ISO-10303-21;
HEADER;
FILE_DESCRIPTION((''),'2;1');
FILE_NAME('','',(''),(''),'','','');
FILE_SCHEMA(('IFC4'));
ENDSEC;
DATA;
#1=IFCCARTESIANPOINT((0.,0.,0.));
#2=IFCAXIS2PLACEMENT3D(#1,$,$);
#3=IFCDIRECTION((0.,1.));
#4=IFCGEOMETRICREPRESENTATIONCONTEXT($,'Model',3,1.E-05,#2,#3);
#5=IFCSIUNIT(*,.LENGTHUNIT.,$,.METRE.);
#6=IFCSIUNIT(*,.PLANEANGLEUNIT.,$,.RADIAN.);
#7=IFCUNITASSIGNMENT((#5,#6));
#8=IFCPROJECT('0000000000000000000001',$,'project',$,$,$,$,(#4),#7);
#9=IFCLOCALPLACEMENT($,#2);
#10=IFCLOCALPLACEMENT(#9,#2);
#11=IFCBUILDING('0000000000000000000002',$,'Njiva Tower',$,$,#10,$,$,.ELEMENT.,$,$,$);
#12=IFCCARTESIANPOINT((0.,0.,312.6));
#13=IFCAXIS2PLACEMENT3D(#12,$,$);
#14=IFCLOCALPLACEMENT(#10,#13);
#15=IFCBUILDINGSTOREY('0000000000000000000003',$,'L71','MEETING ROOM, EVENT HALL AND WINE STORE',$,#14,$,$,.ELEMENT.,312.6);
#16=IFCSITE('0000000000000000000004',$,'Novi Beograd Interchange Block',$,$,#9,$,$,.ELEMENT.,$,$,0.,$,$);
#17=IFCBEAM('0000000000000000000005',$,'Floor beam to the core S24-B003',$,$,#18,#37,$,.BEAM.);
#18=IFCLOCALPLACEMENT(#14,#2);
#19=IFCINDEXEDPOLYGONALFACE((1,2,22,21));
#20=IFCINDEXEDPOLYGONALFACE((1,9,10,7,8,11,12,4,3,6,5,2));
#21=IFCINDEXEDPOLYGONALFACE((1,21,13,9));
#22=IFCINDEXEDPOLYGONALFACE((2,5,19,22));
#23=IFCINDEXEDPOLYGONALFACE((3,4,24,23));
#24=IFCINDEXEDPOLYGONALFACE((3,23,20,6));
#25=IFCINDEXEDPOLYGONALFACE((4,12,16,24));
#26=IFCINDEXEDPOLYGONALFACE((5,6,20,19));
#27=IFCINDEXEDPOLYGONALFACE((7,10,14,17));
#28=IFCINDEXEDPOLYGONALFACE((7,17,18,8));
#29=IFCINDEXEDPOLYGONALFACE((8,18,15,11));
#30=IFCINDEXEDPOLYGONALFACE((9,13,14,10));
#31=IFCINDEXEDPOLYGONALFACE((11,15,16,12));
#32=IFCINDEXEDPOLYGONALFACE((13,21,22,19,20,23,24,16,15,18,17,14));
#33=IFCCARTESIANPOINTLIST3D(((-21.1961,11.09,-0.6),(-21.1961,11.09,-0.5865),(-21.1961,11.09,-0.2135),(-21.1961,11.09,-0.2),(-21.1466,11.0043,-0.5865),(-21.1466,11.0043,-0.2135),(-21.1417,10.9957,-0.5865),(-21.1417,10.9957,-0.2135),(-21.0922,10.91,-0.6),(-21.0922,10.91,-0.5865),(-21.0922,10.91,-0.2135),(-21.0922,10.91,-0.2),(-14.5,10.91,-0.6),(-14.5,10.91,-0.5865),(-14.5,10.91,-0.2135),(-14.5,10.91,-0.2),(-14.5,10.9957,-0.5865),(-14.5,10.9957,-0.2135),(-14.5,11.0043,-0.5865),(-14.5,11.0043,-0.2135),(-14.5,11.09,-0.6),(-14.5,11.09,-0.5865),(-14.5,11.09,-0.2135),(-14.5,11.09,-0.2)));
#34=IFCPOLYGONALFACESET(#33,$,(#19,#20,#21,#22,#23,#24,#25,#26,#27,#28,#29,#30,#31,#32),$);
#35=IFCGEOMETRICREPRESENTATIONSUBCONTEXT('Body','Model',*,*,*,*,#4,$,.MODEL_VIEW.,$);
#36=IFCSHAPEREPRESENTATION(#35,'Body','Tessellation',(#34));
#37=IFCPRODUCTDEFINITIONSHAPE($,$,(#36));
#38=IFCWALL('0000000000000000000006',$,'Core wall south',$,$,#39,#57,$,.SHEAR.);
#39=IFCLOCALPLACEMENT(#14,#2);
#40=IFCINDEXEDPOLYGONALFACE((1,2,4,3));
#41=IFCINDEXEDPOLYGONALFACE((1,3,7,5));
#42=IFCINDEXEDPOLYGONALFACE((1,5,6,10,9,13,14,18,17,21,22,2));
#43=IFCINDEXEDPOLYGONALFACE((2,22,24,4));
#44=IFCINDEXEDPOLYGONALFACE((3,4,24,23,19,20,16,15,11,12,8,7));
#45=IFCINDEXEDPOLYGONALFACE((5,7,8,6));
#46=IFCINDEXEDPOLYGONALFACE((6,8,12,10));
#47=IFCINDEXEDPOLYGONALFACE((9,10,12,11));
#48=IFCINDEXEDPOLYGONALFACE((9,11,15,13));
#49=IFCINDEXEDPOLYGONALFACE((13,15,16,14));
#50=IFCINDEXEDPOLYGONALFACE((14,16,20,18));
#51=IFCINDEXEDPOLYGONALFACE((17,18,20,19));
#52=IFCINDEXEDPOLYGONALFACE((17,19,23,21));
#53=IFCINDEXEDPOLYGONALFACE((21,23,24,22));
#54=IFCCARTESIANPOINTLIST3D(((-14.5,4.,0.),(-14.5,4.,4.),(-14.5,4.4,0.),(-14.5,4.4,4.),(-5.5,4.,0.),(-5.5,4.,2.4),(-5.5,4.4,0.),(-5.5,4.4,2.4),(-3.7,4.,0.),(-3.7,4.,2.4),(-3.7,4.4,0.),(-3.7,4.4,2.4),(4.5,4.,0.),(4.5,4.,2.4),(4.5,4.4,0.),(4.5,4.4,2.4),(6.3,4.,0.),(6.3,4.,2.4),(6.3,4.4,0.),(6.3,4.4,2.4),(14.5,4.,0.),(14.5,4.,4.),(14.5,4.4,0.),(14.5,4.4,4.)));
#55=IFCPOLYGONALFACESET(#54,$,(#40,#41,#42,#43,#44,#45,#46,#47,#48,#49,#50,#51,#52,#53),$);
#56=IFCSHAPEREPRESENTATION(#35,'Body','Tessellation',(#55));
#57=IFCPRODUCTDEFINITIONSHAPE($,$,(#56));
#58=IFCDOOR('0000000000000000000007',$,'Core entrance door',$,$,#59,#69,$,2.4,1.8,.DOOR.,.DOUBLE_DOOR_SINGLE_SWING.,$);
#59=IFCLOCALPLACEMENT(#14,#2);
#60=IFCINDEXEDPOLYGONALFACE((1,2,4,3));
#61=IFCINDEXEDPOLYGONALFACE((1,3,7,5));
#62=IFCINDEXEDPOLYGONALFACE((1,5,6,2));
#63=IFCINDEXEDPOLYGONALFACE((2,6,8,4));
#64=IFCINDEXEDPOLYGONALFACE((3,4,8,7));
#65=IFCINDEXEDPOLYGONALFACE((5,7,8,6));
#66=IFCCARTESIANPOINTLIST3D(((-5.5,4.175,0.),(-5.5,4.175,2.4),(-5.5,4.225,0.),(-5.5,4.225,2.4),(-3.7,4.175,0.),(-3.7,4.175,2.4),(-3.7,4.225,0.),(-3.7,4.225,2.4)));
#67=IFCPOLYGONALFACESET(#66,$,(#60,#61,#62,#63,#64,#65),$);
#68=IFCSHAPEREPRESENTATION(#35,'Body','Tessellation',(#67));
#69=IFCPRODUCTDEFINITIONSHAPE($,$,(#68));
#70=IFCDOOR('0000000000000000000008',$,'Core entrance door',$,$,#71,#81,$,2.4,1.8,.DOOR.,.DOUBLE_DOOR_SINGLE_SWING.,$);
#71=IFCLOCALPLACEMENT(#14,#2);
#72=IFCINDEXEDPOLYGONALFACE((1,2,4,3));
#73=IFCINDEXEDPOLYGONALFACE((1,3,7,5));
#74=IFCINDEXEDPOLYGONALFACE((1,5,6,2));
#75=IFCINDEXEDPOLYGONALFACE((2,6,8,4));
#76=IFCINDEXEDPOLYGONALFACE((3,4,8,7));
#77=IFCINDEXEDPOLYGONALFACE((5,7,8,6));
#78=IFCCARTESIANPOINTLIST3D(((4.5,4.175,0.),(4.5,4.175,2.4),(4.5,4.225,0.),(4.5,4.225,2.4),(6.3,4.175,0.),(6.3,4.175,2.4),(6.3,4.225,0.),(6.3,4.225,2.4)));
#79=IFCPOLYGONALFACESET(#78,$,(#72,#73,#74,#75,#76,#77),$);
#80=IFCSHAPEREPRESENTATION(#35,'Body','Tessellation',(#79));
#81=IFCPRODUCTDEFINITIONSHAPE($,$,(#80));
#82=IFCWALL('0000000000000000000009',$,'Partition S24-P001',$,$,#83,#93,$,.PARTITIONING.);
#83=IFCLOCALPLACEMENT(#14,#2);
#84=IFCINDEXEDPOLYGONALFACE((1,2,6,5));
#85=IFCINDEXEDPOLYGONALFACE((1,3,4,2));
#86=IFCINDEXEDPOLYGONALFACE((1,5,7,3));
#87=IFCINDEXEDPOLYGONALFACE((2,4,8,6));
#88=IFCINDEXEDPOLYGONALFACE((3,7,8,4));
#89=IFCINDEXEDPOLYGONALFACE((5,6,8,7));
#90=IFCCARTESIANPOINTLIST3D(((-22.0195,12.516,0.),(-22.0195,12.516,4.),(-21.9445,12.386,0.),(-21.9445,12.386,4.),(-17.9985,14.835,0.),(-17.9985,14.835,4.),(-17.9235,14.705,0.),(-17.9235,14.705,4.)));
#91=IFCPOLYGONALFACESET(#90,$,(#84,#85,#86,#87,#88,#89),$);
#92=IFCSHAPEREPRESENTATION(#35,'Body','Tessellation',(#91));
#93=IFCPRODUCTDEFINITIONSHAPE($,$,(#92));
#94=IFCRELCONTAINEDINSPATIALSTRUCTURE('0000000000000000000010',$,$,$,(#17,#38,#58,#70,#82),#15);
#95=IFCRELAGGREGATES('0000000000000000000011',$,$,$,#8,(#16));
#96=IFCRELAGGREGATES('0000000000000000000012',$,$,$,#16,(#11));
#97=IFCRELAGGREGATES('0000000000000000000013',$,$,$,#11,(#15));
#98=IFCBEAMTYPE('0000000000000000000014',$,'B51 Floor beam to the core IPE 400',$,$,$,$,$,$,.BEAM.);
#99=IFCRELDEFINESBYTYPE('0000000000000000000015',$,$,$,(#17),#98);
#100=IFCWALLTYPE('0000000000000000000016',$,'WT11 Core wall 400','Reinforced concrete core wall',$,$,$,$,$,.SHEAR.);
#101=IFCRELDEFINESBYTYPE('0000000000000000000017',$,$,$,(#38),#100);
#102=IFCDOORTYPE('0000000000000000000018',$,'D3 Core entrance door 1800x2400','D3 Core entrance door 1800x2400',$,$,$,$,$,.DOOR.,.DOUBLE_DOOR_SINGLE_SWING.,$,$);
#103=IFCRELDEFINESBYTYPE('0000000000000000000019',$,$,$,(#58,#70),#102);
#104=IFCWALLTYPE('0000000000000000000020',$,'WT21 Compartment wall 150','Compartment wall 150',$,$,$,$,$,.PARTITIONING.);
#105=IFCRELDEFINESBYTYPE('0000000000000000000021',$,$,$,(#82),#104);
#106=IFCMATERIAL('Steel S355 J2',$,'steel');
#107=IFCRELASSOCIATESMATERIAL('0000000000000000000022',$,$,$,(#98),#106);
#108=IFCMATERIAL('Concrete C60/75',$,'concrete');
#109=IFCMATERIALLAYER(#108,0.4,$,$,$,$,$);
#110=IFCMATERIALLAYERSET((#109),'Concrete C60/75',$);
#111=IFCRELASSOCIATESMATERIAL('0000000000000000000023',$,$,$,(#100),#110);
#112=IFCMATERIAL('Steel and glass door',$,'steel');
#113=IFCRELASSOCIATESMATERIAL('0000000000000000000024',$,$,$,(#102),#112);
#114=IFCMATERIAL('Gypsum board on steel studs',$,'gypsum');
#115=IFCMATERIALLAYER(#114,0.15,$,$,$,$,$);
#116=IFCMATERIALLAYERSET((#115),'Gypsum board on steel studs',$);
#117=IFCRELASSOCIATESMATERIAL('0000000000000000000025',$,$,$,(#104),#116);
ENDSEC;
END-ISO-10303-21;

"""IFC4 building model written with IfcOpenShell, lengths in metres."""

from ifc_helpers import new_model, si_unit, direction, frame, frame_2d, origin, origin_2d, place, context, subcontext, project, spatial, rectangle, i_section, extrude, clip, halfspace, material, layer, layer_set, material_profile, profile_set, type_object, element, fill, save


model = new_model("IFC4")

# Units and contexts
model_context = context("Model", 3, precision=1e-05, world=origin(), true_north=direction((0.0, 1.0)))
body_context = subcontext(model_context, "Body", "Model", "MODEL_VIEW")
ifc_project = project(units=[si_unit("LENGTHUNIT", "METRE"), si_unit("PLANEANGLEUNIT", "RADIAN")], contexts=[model_context])

# Site, building, storey
site_placement = place(None, origin())
site = spatial("IfcSite", under=ifc_project, at=site_placement, Name="Novi Beograd Interchange Block", CompositionType="ELEMENT", RefElevation=0.0)
building_placement = place(site_placement, origin())
building = spatial("IfcBuilding", under=site, at=building_placement, Name="Njiva Tower", CompositionType="ELEMENT")
storey_placement = place(building_placement, frame((0.0, 0.0, 312.6)))
storey = spatial("IfcBuildingStorey", under=building, at=storey_placement, Name="L71", Description="MEETING ROOM, EVENT HALL AND WINE STORE", CompositionType="ELEMENT", Elevation=312.6)

# Shared definitions
ifc_material_1 = material(Name="Steel S355 J2", Category="steel")

# Beam
ifc_material_profile_1 = material_profile(ifc_material_1, i_section(OverallWidth=0.18, OverallDepth=0.4, WebThickness=0.0086, FlangeThickness=0.0135, at=origin_2d()), Name="IPE 400")
ifc_profile_set_1 = profile_set([ifc_material_profile_1], Name="Steel S355 J2")
beam_type_1 = type_object("IfcBeamType", Name="B51 Floor beam to the core IPE 400", PredefinedType="BEAM", material=ifc_profile_set_1)
beam_1_placement = place(storey_placement, frame((-21.216, 11.0, -0.4), z_axis=(1.0, 0.0, 0.0), x_axis=(0.0, 1.0, 0.0)))
element("IfcBeam", 1, at=beam_1_placement, inside=storey, type_object=beam_type_1, Name="Floor beam to the core S24-B003", PredefinedType="BEAM", context=body_context, shape_type="Clipping", body=[
    clip(extrude(i_section(OverallWidth=0.18, OverallDepth=0.4, WebThickness=0.0086, FlangeThickness=0.0135, at=origin_2d()), origin(), (0.0, 0.0, 1.0), 6.716), halfspace(frame((-0.025, 0.0, 0.0863), z_axis=(-0.499998, 0.0, -0.866027), x_axis=(0.0, -1.0, 0.0)), False)),
])

# Wall, openings, doors
ifc_material_2 = material(Name="Concrete C60/75", Category="concrete")
ifc_layer_1 = layer(ifc_material_2, 0.4)
ifc_layer_set_1 = layer_set([ifc_layer_1], Name="Concrete C60/75")
wall_type_1 = type_object("IfcWallType", Name="WT11 Core wall 400", Description="Reinforced concrete core wall", PredefinedType="SHEAR", material=ifc_layer_set_1)
wall_1_placement = place(storey_placement, frame((-14.5, 4.2, 0.0), z_axis=(0.0, 0.0, 1.0), x_axis=(1.0, 0.0, 0.0)))
wall_1 = element("IfcWall", 2, at=wall_1_placement, inside=storey, type_object=wall_type_1, Name="Core wall south", PredefinedType="SHEAR", context=body_context, shape_type="SweptSolid", body=[
    extrude(rectangle(XDim=29.0, YDim=0.4, at=frame_2d((14.5, 0.0))), origin(), (0.0, 0.0, 1.0), 4.0),
])
opening_1_placement = place(wall_1_placement, frame((9.0, 0.0, 0.0)))
opening_1 = element("IfcOpeningElement", 3, at=opening_1_placement, cuts=wall_1, PredefinedType="OPENING", context=body_context, shape_type="SweptSolid", body=[
    extrude(rectangle(XDim=1.8, YDim=2.4, at=frame_2d((0.9, 1.2))), frame((0.0, 0.21, 0.0), z_axis=(0.0, -1.0, 0.0), x_axis=(1.0, 0.0, 0.0)), (0.0, 0.0, 1.0), 0.42),
])
opening_2_placement = place(wall_1_placement, frame((19.0, 0.0, 0.0)))
opening_2 = element("IfcOpeningElement", 4, at=opening_2_placement, cuts=wall_1, PredefinedType="OPENING", context=body_context, shape_type="SweptSolid", body=[
    extrude(rectangle(XDim=1.8, YDim=2.4, at=frame_2d((0.9, 1.2))), frame((0.0, 0.21, 0.0), z_axis=(0.0, -1.0, 0.0), x_axis=(1.0, 0.0, 0.0)), (0.0, 0.0, 1.0), 0.42),
])
ifc_material_3 = material(Name="Steel and glass door", Category="steel")
door_type = type_object("IfcDoorType", Name="D3 Core entrance door 1800x2400", Description="D3 Core entrance door 1800x2400", OperationType="DOUBLE_DOOR_SINGLE_SWING", PredefinedType="DOOR", material=ifc_material_3)
door_1_placement = place(opening_1_placement, origin())
door_1 = element("IfcDoor", 5, at=door_1_placement, inside=storey, type_object=door_type, Name="Core entrance door", OperationType="DOUBLE_DOOR_SINGLE_SWING", OverallHeight=2.4, OverallWidth=1.8, PredefinedType="DOOR", context=body_context, shape_type="SweptSolid", body=[
    extrude(rectangle(XDim=1.8, YDim=2.4, at=frame_2d((0.9, 1.2))), frame((0.0, 0.025, 0.0), z_axis=(0.0, -1.0, 0.0), x_axis=(1.0, 0.0, 0.0)), (0.0, 0.0, 1.0), 0.05),
])
fill(opening_1, door_1)
door_2_placement = place(opening_2_placement, origin())
door_2 = element("IfcDoor", 6, at=door_2_placement, inside=storey, type_object=door_type, Name="Core entrance door", OperationType="DOUBLE_DOOR_SINGLE_SWING", OverallHeight=2.4, OverallWidth=1.8, PredefinedType="DOOR", context=body_context, shape_type="SweptSolid", body=[
    extrude(rectangle(XDim=1.8, YDim=2.4, at=frame_2d((0.9, 1.2))), frame((0.0, 0.025, 0.0), z_axis=(0.0, -1.0, 0.0), x_axis=(1.0, 0.0, 0.0)), (0.0, 0.0, 1.0), 0.05),
])
fill(opening_2, door_2)

# Wall
ifc_material_4 = material(Name="Gypsum board on steel studs", Category="gypsum")
ifc_layer_2 = layer(ifc_material_4, 0.15)
ifc_layer_set_2 = layer_set([ifc_layer_2], Name="Gypsum board on steel studs")
wall_type_2 = type_object("IfcWallType", Name="WT21 Compartment wall 150", Description="Compartment wall 150", PredefinedType="PARTITIONING", material=ifc_layer_set_2)
wall_2_placement = place(storey_placement, frame((-21.982, 12.451, 0.0), z_axis=(0.0, 0.0, 1.0), x_axis=(0.866261, 0.499592, 0.0)))
element("IfcWall", 7, at=wall_2_placement, inside=storey, type_object=wall_type_2, Name="Partition S24-P001", PredefinedType="PARTITIONING", context=body_context, shape_type="SweptSolid", body=[
    extrude(rectangle(XDim=4.6418, YDim=0.15, at=frame_2d((2.3209, 0.0))), origin(), (0.0, 0.0, 1.0), 4.0),
])

save(model, "model.ifc")
